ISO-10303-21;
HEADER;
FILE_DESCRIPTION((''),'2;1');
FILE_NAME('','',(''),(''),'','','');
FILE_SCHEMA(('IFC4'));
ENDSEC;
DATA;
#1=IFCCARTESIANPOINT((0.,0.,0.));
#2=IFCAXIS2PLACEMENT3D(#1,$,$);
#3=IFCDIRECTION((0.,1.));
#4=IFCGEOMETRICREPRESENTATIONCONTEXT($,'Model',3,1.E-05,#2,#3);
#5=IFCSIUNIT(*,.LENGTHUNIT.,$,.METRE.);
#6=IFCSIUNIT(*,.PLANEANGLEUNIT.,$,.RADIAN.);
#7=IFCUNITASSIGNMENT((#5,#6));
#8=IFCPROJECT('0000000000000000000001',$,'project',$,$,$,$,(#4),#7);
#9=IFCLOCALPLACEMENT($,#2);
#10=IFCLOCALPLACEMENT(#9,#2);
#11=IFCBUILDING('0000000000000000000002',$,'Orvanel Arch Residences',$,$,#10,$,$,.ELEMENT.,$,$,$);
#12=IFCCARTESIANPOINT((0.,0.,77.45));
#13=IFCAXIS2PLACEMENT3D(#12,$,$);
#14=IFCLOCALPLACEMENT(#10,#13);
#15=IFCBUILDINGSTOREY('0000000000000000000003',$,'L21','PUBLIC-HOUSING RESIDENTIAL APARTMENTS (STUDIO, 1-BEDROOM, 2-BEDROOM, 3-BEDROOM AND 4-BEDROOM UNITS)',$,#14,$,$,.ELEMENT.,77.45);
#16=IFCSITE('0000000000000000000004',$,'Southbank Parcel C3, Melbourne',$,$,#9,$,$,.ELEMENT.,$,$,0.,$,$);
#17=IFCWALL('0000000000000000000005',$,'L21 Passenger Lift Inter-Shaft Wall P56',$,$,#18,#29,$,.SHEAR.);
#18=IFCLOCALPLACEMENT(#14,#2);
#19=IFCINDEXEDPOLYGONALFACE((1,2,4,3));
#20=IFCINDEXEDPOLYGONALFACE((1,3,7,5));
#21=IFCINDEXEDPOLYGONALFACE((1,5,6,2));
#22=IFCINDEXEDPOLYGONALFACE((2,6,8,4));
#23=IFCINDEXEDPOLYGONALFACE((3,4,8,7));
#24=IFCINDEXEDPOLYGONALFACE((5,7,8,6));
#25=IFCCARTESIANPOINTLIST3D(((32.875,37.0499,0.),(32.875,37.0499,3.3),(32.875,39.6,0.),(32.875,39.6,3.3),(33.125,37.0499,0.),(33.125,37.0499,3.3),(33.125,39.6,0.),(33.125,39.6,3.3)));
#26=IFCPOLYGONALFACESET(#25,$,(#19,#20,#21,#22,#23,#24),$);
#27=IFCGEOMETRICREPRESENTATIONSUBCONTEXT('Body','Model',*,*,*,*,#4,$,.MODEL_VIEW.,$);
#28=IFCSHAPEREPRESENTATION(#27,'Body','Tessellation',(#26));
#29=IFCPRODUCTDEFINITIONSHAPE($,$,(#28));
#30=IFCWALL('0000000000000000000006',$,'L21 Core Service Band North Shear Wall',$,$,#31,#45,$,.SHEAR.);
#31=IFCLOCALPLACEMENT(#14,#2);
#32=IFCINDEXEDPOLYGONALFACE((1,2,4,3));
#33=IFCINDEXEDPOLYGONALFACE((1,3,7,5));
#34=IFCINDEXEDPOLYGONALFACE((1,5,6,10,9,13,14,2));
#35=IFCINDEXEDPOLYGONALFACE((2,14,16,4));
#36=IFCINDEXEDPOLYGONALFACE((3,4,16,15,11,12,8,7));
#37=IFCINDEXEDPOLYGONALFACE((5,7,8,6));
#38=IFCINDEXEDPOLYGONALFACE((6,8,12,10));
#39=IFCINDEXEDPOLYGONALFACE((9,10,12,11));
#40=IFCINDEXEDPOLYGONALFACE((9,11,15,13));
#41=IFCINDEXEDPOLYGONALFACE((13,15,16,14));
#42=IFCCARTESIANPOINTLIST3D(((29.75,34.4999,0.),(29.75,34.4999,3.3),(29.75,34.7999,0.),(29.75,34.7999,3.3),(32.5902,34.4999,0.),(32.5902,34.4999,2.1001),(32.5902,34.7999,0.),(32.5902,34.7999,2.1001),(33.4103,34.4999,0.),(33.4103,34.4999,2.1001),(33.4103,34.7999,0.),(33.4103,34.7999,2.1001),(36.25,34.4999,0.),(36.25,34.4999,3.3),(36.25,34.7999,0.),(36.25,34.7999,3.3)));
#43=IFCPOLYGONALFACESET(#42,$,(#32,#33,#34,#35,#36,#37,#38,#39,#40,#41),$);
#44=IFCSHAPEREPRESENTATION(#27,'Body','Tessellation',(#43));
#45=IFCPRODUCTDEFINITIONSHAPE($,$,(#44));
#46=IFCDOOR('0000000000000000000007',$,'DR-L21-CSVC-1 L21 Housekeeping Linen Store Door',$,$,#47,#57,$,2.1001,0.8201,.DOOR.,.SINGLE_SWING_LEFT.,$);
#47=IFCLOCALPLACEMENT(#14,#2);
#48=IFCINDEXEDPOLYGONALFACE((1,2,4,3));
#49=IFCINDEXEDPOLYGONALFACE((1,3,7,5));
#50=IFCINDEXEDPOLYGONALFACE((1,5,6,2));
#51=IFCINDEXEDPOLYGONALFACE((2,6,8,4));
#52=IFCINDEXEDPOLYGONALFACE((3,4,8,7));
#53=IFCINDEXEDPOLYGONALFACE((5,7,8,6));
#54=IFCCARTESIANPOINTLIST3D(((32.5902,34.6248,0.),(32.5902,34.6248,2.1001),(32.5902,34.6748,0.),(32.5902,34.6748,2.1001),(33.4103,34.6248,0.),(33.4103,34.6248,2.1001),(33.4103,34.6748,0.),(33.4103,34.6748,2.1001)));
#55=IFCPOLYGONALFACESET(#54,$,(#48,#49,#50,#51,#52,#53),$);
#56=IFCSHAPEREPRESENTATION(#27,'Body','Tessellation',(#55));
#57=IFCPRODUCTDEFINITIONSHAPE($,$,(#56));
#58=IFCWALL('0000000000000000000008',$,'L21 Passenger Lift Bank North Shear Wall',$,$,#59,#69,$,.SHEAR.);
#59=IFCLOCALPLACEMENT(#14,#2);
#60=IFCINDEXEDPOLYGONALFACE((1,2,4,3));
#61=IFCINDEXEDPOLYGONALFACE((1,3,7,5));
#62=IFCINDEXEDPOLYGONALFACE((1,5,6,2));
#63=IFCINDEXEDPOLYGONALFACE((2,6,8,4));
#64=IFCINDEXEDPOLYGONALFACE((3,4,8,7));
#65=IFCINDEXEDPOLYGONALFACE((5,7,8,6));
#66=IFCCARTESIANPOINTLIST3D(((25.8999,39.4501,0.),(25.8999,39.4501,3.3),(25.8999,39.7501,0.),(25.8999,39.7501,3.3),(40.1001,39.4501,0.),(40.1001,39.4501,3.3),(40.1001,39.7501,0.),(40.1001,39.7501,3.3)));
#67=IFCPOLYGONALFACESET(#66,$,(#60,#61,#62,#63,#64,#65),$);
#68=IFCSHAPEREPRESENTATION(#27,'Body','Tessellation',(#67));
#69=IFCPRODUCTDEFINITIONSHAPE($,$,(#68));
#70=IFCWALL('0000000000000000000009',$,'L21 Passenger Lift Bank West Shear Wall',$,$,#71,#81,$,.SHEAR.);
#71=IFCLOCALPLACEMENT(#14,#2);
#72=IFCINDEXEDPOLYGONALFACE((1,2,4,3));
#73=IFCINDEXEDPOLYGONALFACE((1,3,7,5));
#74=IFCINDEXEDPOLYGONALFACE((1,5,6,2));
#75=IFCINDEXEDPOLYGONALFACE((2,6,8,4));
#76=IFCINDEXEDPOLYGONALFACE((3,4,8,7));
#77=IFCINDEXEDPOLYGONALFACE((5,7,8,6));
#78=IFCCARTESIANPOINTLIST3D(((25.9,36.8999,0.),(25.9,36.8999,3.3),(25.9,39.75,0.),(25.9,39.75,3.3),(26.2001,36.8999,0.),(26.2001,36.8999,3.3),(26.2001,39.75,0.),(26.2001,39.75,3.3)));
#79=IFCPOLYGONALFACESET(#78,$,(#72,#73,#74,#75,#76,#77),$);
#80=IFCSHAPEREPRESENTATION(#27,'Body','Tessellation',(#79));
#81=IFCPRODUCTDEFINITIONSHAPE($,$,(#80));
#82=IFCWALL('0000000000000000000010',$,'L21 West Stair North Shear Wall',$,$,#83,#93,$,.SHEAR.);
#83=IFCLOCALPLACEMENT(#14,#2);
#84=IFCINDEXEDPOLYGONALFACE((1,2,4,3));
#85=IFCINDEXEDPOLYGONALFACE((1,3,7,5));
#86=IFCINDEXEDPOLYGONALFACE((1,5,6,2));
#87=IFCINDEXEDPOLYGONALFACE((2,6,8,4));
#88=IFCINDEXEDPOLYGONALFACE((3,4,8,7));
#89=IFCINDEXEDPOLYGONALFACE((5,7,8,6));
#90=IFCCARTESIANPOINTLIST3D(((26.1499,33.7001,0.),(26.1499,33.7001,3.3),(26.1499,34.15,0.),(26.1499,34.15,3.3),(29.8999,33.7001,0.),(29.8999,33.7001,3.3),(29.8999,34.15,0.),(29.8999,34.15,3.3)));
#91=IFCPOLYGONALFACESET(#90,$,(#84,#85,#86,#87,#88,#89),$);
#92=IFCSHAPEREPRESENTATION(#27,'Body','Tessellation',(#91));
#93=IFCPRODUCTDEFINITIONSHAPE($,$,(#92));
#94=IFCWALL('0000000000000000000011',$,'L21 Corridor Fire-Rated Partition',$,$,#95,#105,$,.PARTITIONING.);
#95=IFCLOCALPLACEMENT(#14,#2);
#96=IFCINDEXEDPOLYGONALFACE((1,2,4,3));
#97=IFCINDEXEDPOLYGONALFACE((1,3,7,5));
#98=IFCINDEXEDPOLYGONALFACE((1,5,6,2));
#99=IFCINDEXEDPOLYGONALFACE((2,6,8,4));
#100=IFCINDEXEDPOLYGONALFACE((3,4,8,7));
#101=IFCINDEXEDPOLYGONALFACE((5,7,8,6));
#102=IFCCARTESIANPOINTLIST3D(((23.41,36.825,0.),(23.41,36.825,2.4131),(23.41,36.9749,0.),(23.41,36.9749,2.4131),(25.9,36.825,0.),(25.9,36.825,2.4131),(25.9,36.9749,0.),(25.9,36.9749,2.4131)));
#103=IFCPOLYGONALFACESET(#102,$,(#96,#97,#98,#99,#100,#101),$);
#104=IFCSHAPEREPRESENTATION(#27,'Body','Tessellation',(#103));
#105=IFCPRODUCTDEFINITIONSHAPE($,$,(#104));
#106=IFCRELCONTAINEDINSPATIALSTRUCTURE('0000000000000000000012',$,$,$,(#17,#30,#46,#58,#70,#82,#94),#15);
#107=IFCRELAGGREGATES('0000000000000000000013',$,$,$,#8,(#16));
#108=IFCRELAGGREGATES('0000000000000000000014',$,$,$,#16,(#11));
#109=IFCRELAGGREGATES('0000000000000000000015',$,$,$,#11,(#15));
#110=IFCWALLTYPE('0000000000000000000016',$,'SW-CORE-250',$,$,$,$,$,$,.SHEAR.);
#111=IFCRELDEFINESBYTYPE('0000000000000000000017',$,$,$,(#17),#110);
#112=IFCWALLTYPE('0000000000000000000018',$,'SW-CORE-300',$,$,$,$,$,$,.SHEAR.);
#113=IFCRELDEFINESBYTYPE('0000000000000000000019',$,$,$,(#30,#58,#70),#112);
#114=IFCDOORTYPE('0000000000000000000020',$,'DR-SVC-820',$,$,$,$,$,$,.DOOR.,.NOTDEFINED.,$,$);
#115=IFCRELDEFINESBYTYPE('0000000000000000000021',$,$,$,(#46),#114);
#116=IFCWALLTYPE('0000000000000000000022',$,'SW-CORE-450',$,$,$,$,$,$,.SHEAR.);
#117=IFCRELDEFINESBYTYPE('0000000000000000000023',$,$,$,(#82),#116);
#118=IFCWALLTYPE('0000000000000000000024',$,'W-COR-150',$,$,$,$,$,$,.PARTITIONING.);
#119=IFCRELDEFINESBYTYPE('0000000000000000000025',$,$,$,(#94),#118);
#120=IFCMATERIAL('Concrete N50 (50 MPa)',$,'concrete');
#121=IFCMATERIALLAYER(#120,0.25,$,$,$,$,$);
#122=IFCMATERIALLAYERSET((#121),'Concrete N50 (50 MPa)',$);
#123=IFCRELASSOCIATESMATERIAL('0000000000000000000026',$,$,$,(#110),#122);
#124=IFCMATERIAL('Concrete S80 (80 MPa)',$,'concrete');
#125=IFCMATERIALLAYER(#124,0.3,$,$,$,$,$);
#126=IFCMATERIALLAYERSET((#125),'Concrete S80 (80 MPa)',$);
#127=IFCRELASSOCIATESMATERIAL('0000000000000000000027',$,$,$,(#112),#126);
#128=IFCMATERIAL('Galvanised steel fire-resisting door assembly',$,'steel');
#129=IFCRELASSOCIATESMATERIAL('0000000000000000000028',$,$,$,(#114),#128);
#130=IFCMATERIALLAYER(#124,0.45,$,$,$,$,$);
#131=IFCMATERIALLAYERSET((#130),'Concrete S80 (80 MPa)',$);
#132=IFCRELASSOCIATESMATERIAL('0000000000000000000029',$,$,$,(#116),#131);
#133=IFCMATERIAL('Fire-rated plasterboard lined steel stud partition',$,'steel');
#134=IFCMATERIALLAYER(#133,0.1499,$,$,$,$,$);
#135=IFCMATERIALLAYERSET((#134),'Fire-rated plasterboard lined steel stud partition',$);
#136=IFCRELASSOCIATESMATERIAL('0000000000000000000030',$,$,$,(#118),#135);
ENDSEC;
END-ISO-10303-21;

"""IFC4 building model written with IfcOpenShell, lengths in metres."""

from ifc_helpers import new_model, si_unit, direction, frame, frame_2d, origin, place, context, subcontext, project, spatial, rectangle, extrude, material, layer, layer_set, type_object, element, fill, save


model = new_model("IFC4")

# Units and contexts
model_context = context("Model", 3, precision=1e-05, world=origin(), true_north=direction((0.0, 1.0)))
body_context = subcontext(model_context, "Body", "Model", "MODEL_VIEW")
ifc_project = project(units=[si_unit("LENGTHUNIT", "METRE"), si_unit("PLANEANGLEUNIT", "RADIAN")], contexts=[model_context])

# Site, building, storey
site_placement = place(None, origin())
site = spatial("IfcSite", under=ifc_project, at=site_placement, Name="Southbank Parcel C3, Melbourne", CompositionType="ELEMENT", RefElevation=0.0)
building_placement = place(site_placement, origin())
building = spatial("IfcBuilding", under=site, at=building_placement, Name="Orvanel Arch Residences", CompositionType="ELEMENT")
storey_placement = place(building_placement, frame((0.0, 0.0, 77.45)))
storey = spatial("IfcBuildingStorey", under=building, at=storey_placement, Name="L21", Description="PUBLIC-HOUSING RESIDENTIAL APARTMENTS (STUDIO, 1-BEDROOM, 2-BEDROOM, 3-BEDROOM AND 4-BEDROOM UNITS)", CompositionType="ELEMENT", Elevation=77.45)

# Wall
ifc_material_1 = material(Name="Concrete N50 (50 MPa)", Category="concrete")
ifc_layer_1 = layer(ifc_material_1, 0.25)
ifc_layer_set_1 = layer_set([ifc_layer_1], Name="Concrete N50 (50 MPa)")
wall_type_1 = type_object("IfcWallType", Name="SW-CORE-250", PredefinedType="SHEAR", material=ifc_layer_set_1)
for number, where, z_axis, x_axis, name in (
    (1, (33.0, 37.05, 0.0), (0.0, 0.0, 1.0), (0.0, 1.0, 0.0), "L21 Passenger Lift Inter-Shaft Wall P56"),
):
    element("IfcWall", number, at=place(storey_placement, frame(where, z_axis=z_axis, x_axis=x_axis)), inside=storey, type_object=wall_type_1, Name=name, PredefinedType="SHEAR", context=body_context, shape_type="SweptSolid", body=[
        extrude(rectangle(XDim=2.55, YDim=0.25, at=frame_2d((1.2749, 0.0))), origin(), (0.0, 0.0, 1.0), 3.3),
    ])

# Wall, opening, door
ifc_material_2 = material(Name="Concrete S80 (80 MPa)", Category="concrete")
ifc_layer_2 = layer(ifc_material_2, 0.3)
ifc_layer_set_2 = layer_set([ifc_layer_2], Name="Concrete S80 (80 MPa)")
wall_type_2 = type_object("IfcWallType", Name="SW-CORE-300", PredefinedType="SHEAR", material=ifc_layer_set_2)
wall_1_placement = place(storey_placement, frame((29.75, 34.6499, 0.0), z_axis=(0.0, 0.0, 1.0), x_axis=(1.0, 0.0, 0.0)))
wall_1 = element("IfcWall", 2, at=wall_1_placement, inside=storey, type_object=wall_type_2, Name="L21 Core Service Band North Shear Wall", PredefinedType="SHEAR", context=body_context, shape_type="SweptSolid", body=[
    extrude(rectangle(XDim=6.5, YDim=0.3, at=frame_2d((3.25, 0.0))), origin(), (0.0, 0.0, 1.0), 3.3),
])
opening_1_placement = place(wall_1_placement, frame((2.8401, 0.0, 0.0)))
opening_1 = element("IfcOpeningElement", 3, at=opening_1_placement, cuts=wall_1, PredefinedType="OPENING", context=body_context, shape_type="SweptSolid", body=[
    extrude(rectangle(XDim=0.8201, YDim=2.1001, at=frame_2d((0.4102, 1.05))), frame((0.0, 0.1599, 0.0), z_axis=(0.0, -1.0, 0.0), x_axis=(1.0, 0.0, 0.0)), (0.0, 0.0, 1.0), 0.3201),
])
ifc_material_3 = material(Name="Galvanised steel fire-resisting door assembly", Category="steel")
door_type_1 = type_object("IfcDoorType", Name="DR-SVC-820", OperationType="NOTDEFINED", PredefinedType="DOOR", material=ifc_material_3)
door_1_placement = place(opening_1_placement, origin())
door_1 = element("IfcDoor", 4, at=door_1_placement, inside=storey, type_object=door_type_1, Name="DR-L21-CSVC-1 L21 Housekeeping Linen Store Door", OperationType="SINGLE_SWING_LEFT", OverallHeight=2.1001, OverallWidth=0.8201, PredefinedType="DOOR", context=body_context, shape_type="SweptSolid", body=[
    extrude(rectangle(XDim=0.8201, YDim=2.1001, at=frame_2d((0.4102, 1.05))), frame((0.0, 0.0249, 0.0), z_axis=(0.0, -1.0, 0.0), x_axis=(1.0, 0.0, 0.0)), (0.0, 0.0, 1.0), 0.05),
])
fill(opening_1, door_1)

# Walls
wall_2_placement = place(storey_placement, frame((25.8999, 39.6001, 0.0), z_axis=(0.0, 0.0, 1.0), x_axis=(1.0, 0.0, 0.0)))
element("IfcWall", 5, at=wall_2_placement, inside=storey, type_object=wall_type_2, Name="L21 Passenger Lift Bank North Shear Wall", PredefinedType="SHEAR", context=body_context, shape_type="SweptSolid", body=[
    extrude(rectangle(XDim=14.2002, YDim=0.3, at=frame_2d((7.1001, 0.0))), origin(), (0.0, 0.0, 1.0), 3.3),
])
wall_3_placement = place(storey_placement, frame((26.05, 36.8999, 0.0), z_axis=(0.0, 0.0, 1.0), x_axis=(0.0, 1.0, 0.0)))
element("IfcWall", 6, at=wall_3_placement, inside=storey, type_object=wall_type_2, Name="L21 Passenger Lift Bank West Shear Wall", PredefinedType="SHEAR", context=body_context, shape_type="SweptSolid", body=[
    extrude(rectangle(XDim=2.8501, YDim=0.3, at=frame_2d((1.425, 0.0))), origin(), (0.0, 0.0, 1.0), 3.3),
])
ifc_layer_3 = layer(ifc_material_2, 0.45)
ifc_layer_set_3 = layer_set([ifc_layer_3], Name="Concrete S80 (80 MPa)")
wall_type_3 = type_object("IfcWallType", Name="SW-CORE-450", PredefinedType="SHEAR", material=ifc_layer_set_3)
wall_4_placement = place(storey_placement, frame((26.1499, 33.925, 0.0), z_axis=(0.0, 0.0, 1.0), x_axis=(1.0, 0.0, 0.0)))
element("IfcWall", 7, at=wall_4_placement, inside=storey, type_object=wall_type_3, Name="L21 West Stair North Shear Wall", PredefinedType="SHEAR", context=body_context, shape_type="SweptSolid", body=[
    extrude(rectangle(XDim=3.75, YDim=0.45, at=frame_2d((1.875, 0.0))), origin(), (0.0, 0.0, 1.0), 3.3),
])
ifc_material_4 = material(Name="Fire-rated plasterboard lined steel stud partition", Category="steel")
ifc_layer_4 = layer(ifc_material_4, 0.1499)
ifc_layer_set_4 = layer_set([ifc_layer_4], Name="Fire-rated plasterboard lined steel stud partition")
wall_type_4 = type_object("IfcWallType", Name="W-COR-150", PredefinedType="PARTITIONING", material=ifc_layer_set_4)
wall_5_placement = place(storey_placement, frame((23.4099, 36.8999, 0.0), z_axis=(0.0, 0.0, 1.0), x_axis=(1.0, 0.0, 0.0)))
element("IfcWall", 8, at=wall_5_placement, inside=storey, type_object=wall_type_4, Name="L21 Corridor Fire-Rated Partition", PredefinedType="PARTITIONING", context=body_context, shape_type="SweptSolid", body=[
    extrude(rectangle(XDim=2.49, YDim=0.1499, at=frame_2d((1.2451, 0.0))), origin(), (0.0, 0.0, 1.0), 2.4131),
])

save(model, "model.ifc")
